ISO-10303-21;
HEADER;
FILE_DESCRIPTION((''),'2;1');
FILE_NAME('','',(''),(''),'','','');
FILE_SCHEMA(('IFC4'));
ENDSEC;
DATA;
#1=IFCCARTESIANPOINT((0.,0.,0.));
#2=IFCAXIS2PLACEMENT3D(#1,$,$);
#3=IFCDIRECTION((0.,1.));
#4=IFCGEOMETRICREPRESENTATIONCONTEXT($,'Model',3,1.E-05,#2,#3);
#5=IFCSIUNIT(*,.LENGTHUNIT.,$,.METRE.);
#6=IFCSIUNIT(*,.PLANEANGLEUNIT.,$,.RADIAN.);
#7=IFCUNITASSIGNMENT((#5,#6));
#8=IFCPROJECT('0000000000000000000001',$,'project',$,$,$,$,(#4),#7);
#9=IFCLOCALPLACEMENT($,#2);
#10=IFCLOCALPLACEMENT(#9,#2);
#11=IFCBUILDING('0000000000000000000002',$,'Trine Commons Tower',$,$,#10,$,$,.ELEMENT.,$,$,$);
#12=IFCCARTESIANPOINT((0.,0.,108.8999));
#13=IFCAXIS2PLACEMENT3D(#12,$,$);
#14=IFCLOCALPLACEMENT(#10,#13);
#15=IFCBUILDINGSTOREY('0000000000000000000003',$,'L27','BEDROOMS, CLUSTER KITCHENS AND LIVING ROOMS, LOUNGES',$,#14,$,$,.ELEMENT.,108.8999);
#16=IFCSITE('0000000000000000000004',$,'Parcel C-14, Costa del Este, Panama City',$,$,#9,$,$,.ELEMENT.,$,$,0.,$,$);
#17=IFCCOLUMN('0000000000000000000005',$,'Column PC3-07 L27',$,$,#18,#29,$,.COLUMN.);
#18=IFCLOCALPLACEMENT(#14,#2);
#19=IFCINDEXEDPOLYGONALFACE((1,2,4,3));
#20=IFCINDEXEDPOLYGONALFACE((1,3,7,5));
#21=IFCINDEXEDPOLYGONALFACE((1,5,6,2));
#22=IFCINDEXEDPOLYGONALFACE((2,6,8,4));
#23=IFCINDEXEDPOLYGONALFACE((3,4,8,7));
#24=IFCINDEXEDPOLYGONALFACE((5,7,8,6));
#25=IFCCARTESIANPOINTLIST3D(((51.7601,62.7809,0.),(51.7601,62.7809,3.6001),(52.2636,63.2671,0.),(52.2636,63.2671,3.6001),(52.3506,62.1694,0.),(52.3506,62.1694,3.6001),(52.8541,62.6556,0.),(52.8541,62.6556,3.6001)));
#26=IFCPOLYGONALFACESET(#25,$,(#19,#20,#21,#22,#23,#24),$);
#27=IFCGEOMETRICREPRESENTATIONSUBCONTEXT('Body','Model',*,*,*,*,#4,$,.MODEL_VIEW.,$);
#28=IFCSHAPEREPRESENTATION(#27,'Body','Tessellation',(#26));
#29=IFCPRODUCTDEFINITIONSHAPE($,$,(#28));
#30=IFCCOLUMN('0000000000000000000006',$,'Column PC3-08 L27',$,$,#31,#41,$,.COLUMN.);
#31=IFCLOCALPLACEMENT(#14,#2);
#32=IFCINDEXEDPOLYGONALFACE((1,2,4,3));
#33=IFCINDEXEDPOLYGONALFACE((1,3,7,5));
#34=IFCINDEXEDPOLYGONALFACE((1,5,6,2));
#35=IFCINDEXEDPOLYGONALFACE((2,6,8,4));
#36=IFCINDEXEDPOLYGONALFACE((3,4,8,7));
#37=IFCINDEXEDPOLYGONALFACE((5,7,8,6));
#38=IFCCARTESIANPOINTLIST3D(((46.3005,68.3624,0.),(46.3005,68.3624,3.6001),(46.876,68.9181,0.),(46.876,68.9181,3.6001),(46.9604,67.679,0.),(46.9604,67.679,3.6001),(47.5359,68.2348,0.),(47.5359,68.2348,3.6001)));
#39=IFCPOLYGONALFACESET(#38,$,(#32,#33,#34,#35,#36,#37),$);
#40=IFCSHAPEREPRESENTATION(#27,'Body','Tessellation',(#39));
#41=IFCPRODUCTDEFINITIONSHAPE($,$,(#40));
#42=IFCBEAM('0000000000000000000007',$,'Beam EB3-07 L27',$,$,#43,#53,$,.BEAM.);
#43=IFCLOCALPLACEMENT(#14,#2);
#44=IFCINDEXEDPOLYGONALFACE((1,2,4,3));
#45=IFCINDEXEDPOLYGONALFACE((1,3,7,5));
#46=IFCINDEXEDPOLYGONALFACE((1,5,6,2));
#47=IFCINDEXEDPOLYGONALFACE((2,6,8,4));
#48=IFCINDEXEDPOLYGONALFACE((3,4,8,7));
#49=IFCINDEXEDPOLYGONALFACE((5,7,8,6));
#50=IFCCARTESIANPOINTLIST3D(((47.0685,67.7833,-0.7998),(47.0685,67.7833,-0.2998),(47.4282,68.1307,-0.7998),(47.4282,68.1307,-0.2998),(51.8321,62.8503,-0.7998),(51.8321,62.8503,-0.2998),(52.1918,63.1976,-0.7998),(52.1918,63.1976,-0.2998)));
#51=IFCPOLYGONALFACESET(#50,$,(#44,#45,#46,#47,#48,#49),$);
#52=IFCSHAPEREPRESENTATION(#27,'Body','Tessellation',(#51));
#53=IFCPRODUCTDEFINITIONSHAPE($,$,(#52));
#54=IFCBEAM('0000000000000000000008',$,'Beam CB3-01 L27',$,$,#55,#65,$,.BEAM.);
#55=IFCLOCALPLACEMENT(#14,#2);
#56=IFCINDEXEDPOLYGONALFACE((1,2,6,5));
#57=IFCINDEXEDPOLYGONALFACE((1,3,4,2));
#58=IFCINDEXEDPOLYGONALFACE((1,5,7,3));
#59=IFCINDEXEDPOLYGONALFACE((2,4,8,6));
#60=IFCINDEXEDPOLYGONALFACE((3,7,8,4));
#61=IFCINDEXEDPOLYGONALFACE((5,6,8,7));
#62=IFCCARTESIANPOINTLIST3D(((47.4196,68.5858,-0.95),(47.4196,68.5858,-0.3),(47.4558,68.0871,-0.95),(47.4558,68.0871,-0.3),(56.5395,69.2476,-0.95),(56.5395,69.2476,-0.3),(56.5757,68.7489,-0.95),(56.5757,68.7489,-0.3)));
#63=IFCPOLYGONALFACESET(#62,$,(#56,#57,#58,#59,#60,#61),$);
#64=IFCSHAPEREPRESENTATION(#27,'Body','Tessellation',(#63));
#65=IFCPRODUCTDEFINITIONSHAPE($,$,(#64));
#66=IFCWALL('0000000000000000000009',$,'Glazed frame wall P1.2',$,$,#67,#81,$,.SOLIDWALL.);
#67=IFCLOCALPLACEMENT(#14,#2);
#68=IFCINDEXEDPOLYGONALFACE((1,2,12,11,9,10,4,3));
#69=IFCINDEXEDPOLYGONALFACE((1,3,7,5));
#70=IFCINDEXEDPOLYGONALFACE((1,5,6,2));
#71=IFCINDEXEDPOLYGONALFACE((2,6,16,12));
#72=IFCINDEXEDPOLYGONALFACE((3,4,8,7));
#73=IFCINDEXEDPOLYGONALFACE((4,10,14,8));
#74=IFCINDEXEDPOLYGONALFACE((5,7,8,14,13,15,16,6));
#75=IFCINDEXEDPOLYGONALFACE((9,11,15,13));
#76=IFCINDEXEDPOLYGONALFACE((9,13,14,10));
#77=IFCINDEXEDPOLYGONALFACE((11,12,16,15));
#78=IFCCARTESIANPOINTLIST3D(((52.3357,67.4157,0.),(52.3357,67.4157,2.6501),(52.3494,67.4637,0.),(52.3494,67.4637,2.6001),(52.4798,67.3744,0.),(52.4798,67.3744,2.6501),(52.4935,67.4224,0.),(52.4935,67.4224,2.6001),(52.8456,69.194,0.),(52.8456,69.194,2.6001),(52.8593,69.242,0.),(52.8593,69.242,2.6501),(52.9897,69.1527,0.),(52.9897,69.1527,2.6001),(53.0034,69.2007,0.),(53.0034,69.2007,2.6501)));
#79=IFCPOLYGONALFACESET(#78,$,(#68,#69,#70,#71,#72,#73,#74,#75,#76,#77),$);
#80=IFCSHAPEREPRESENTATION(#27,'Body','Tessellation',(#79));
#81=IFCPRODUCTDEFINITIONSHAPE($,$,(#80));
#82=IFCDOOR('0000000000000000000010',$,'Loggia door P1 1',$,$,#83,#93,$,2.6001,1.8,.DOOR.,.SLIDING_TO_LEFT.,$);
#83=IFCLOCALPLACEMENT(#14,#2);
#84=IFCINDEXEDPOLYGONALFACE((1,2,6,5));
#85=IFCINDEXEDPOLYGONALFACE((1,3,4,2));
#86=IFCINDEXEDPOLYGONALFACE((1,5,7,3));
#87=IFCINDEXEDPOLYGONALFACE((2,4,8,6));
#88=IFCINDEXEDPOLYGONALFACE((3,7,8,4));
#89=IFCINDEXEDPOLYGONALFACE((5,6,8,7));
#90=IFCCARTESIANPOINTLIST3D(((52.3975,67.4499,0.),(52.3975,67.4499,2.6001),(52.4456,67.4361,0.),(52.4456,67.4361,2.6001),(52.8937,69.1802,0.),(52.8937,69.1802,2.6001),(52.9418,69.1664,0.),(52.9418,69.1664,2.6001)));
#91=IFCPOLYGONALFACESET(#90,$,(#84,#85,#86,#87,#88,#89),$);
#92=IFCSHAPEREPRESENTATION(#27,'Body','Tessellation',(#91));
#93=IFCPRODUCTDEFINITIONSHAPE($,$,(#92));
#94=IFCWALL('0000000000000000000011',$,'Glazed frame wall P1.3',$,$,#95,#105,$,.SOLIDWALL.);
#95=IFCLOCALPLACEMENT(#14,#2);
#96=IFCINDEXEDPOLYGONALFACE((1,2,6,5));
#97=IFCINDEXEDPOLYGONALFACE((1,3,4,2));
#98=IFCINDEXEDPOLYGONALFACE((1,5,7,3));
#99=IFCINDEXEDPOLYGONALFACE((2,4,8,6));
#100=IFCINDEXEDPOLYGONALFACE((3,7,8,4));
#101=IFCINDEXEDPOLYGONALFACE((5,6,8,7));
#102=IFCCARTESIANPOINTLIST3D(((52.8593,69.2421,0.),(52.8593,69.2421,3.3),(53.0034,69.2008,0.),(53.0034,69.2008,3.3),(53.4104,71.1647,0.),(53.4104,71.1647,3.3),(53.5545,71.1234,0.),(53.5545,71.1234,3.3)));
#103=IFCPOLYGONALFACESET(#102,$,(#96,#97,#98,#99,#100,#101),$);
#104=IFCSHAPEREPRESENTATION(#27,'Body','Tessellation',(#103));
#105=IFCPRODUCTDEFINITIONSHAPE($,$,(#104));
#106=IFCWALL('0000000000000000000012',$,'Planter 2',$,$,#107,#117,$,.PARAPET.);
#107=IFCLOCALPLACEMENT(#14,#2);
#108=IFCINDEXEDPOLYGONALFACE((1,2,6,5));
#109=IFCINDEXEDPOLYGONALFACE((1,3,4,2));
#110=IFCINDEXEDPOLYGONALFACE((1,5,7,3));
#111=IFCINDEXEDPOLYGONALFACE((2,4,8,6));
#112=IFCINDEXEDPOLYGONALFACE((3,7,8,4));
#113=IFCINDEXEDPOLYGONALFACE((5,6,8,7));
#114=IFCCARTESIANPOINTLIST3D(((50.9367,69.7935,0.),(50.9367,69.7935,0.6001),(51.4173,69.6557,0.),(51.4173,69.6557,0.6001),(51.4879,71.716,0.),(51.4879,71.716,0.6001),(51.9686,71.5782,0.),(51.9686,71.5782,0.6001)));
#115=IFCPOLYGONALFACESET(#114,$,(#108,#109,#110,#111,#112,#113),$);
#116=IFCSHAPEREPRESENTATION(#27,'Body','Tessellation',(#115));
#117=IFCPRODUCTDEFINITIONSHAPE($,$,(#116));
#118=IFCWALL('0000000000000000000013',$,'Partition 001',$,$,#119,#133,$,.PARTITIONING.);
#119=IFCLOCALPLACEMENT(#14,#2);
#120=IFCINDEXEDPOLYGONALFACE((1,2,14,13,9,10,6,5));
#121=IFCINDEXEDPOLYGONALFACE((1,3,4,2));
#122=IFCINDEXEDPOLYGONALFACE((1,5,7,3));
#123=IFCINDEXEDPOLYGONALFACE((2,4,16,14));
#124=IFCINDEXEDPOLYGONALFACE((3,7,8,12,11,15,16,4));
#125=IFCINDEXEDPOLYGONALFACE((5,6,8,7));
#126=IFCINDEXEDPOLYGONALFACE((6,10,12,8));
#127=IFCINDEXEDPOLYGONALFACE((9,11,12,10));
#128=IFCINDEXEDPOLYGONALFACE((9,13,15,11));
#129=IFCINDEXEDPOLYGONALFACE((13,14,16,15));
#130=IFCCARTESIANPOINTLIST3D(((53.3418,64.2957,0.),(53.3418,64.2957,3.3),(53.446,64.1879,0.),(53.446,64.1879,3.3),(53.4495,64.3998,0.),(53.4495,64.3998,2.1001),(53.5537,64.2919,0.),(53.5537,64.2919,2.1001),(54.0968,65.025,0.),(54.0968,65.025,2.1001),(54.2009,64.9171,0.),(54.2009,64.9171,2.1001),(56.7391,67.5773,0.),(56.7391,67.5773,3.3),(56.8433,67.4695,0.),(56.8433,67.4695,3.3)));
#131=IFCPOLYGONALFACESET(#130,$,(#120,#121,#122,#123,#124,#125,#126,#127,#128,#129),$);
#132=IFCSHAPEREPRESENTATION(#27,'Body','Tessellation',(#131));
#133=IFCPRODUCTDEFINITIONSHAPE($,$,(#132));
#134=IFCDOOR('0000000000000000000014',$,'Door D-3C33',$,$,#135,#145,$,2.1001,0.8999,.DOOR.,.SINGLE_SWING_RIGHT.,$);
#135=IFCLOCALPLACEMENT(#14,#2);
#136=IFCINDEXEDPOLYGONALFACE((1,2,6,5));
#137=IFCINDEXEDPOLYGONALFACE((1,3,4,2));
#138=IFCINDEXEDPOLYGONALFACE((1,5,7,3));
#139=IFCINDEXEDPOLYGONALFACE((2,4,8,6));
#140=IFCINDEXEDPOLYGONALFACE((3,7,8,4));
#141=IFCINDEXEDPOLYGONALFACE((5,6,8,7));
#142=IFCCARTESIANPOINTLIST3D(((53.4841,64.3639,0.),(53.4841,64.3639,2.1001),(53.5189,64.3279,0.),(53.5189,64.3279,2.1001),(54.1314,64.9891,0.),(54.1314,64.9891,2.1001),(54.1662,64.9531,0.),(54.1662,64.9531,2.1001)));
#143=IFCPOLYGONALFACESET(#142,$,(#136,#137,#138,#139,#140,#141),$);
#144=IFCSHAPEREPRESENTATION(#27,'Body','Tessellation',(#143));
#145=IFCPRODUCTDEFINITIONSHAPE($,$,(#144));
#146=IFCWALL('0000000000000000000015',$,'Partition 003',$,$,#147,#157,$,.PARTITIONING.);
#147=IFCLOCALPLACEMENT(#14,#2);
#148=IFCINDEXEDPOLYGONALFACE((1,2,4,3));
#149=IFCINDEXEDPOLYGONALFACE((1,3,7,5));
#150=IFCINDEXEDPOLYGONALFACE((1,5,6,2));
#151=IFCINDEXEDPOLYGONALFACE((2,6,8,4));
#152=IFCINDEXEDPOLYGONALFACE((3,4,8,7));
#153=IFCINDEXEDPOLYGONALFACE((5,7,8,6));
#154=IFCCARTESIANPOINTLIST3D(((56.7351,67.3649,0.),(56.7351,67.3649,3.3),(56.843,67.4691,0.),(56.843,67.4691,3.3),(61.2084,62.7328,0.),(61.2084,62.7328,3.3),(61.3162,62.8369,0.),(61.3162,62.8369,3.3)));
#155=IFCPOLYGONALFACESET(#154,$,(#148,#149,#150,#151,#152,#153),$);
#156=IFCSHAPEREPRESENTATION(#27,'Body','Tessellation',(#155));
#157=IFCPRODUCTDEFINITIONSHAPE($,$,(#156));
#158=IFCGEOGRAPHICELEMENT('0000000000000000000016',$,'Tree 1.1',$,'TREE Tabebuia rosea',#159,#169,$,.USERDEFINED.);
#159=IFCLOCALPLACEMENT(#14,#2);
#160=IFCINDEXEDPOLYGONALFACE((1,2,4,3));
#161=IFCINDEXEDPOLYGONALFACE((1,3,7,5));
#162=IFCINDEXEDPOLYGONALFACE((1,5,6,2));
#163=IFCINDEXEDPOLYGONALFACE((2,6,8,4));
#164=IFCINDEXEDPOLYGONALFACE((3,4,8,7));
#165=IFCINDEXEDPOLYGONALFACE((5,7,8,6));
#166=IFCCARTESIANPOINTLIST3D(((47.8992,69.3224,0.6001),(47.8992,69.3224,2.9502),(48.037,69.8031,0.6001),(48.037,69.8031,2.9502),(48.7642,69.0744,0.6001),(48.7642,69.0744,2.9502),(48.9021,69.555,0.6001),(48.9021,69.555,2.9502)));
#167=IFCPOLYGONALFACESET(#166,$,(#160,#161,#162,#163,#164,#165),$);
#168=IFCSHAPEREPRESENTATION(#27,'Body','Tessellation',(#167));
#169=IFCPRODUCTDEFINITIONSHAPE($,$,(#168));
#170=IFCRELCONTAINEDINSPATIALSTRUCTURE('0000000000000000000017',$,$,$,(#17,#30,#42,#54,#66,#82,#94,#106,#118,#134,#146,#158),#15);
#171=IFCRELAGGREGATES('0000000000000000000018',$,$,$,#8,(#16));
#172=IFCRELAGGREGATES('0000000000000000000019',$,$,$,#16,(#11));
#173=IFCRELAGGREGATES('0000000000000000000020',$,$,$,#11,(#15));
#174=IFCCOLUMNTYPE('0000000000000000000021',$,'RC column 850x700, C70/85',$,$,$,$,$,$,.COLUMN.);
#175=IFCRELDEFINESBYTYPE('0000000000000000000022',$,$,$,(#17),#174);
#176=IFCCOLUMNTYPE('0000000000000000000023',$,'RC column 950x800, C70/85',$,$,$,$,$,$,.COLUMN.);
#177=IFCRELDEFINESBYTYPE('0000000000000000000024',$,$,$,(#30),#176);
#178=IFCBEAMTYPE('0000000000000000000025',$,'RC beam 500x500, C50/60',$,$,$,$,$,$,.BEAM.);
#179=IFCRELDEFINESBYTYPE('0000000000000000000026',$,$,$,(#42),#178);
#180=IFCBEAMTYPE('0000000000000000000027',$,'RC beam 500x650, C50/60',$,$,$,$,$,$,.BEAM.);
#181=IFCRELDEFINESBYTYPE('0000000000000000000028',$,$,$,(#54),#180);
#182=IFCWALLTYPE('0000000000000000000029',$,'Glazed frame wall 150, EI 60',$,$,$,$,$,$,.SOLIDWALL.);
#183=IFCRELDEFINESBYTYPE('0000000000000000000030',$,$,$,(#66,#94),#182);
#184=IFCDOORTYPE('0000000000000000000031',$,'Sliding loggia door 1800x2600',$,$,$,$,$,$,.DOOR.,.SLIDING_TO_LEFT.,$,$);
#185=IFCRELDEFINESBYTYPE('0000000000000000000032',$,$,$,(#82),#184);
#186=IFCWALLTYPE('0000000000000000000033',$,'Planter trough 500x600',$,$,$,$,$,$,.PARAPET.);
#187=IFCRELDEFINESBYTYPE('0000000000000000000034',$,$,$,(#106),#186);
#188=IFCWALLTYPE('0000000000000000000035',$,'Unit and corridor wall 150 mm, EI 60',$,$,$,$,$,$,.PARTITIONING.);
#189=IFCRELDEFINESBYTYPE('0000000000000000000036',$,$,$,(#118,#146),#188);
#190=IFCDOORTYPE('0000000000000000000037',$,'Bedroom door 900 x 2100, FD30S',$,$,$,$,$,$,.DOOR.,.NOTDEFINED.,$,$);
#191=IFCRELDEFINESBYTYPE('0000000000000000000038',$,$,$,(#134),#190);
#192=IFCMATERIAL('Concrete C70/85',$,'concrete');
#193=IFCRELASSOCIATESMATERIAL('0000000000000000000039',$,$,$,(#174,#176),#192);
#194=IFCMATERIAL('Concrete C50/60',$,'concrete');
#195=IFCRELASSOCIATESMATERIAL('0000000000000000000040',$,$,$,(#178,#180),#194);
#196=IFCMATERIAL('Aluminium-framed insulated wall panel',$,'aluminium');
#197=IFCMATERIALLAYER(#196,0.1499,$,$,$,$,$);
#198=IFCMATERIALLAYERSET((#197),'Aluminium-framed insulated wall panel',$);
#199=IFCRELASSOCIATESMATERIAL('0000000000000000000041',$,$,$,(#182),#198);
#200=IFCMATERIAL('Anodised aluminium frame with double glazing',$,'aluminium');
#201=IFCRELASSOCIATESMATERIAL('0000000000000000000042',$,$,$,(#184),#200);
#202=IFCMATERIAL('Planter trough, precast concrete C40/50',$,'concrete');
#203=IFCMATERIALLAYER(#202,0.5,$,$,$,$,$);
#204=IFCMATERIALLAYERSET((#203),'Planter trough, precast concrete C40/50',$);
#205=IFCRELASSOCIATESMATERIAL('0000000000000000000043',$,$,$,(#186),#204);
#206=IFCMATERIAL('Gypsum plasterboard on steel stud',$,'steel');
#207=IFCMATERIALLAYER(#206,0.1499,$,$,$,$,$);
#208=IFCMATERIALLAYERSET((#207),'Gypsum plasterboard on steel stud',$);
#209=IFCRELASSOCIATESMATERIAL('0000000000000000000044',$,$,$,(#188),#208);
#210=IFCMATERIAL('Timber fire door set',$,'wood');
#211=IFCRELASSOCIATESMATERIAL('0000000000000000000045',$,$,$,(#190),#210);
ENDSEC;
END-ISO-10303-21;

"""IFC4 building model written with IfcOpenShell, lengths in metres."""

from ifc_helpers import new_model, si_unit, direction, frame, frame_2d, origin, origin_2d, place, context, subcontext, project, spatial, polyline, rectangle, outline, extrude, material, layer, layer_set, material_profile, profile_set, type_object, element, fill, save


model = new_model("IFC4")

# Units and contexts
model_context = context("Model", 3, precision=1e-05, world=origin(), true_north=direction((0.0, 1.0)))
body_context = subcontext(model_context, "Body", "Model", "MODEL_VIEW")
ifc_project = project(units=[si_unit("LENGTHUNIT", "METRE"), si_unit("PLANEANGLEUNIT", "RADIAN")], contexts=[model_context])

# Site, building, storey
site_placement = place(None, origin())
site = spatial("IfcSite", under=ifc_project, at=site_placement, Name="Parcel C-14, Costa del Este, Panama City", CompositionType="ELEMENT", RefElevation=0.0)
building_placement = place(site_placement, origin())
building = spatial("IfcBuilding", under=site, at=building_placement, Name="Trine Commons Tower", CompositionType="ELEMENT")
storey_placement = place(building_placement, frame((0.0, 0.0, 108.8999)))
storey = spatial("IfcBuildingStorey", under=building, at=storey_placement, Name="L27", Description="BEDROOMS, CLUSTER KITCHENS AND LIVING ROOMS, LOUNGES", CompositionType="ELEMENT", Elevation=108.8999)

# Columns
ifc_material_1 = material(Name="Concrete C70/85", Category="concrete")
ifc_material_profile_1 = material_profile(ifc_material_1, rectangle(XDim=0.8501, YDim=0.7, at=origin_2d()), Name="RC 850x700")
ifc_profile_set_1 = profile_set([ifc_material_profile_1], Name="Concrete C70/85")
column_type_1 = type_object("IfcColumnType", Name="RC column 850x700, C70/85", PredefinedType="COLUMN", material=ifc_profile_set_1)
column_1_placement = place(storey_placement, frame((52.3071, 62.7183, 0.0), z_axis=(0.0, 0.0, 1.0), x_axis=(-0.694658, 0.71934, 0.0)))
element("IfcColumn", 1, at=column_1_placement, inside=storey, type_object=column_type_1, Name="Column PC3-07 L27", PredefinedType="COLUMN", context=body_context, shape_type="SweptSolid", body=[
    extrude(rectangle(XDim=0.8501, YDim=0.7, at=origin_2d()), origin(), (0.0, 0.0, 1.0), 3.6001),
])
ifc_material_profile_2 = material_profile(ifc_material_1, rectangle(XDim=0.95, YDim=0.8, at=origin_2d()), Name="RC 950x800")
ifc_profile_set_2 = profile_set([ifc_material_profile_2], Name="Concrete C70/85")
column_type_2 = type_object("IfcColumnType", Name="RC column 950x800, C70/85", PredefinedType="COLUMN", material=ifc_profile_set_2)
column_2_placement = place(storey_placement, frame((46.9182, 68.2986, 0.0), z_axis=(0.0, 0.0, 1.0), x_axis=(-0.694658, 0.71934, 0.0)))
element("IfcColumn", 2, at=column_2_placement, inside=storey, type_object=column_type_2, Name="Column PC3-08 L27", PredefinedType="COLUMN", context=body_context, shape_type="SweptSolid", body=[
    extrude(rectangle(XDim=0.95, YDim=0.8, at=origin_2d()), origin(), (0.0, 0.0, 1.0), 3.6001),
])

# Beams
ifc_material_2 = material(Name="Concrete C50/60", Category="concrete")
ifc_material_profile_3 = material_profile(ifc_material_2, rectangle(XDim=0.5, YDim=0.5, at=origin_2d()), Name="RC 500x500")
ifc_profile_set_3 = profile_set([ifc_material_profile_3], Name="Concrete C50/60")
beam_type_1 = type_object("IfcBeamType", Name="RC beam 500x500, C50/60", PredefinedType="BEAM", material=ifc_profile_set_3)
beam_1_placement = place(storey_placement, frame((52.012, 63.0239, -0.5498), z_axis=(-0.694645, 0.719352, 0.0), x_axis=(-0.719352, -0.694645, 0.0)))
element("IfcBeam", 3, at=beam_1_placement, inside=storey, type_object=beam_type_1, Name="Beam EB3-07 L27", PredefinedType="BEAM", context=body_context, shape_type="SweptSolid", body=[
    extrude(rectangle(XDim=0.5, YDim=0.5, at=origin_2d()), origin(), (0.0, 0.0, 1.0), 6.8577),
])
ifc_material_profile_4 = material_profile(ifc_material_2, rectangle(XDim=0.5, YDim=0.6499, at=origin_2d()), Name="RC 500x650")
ifc_profile_set_4 = profile_set([ifc_material_profile_4], Name="Concrete C50/60")
beam_type_2 = type_object("IfcBeamType", Name="RC beam 500x650, C50/60", PredefinedType="BEAM", material=ifc_profile_set_4)
beam_2_placement = place(storey_placement, frame((47.4377, 68.3364, -0.625), z_axis=(0.997377, 0.072384, 0.0), x_axis=(-0.072384, 0.997377, 0.0)))
element("IfcBeam", 4, at=beam_2_placement, inside=storey, type_object=beam_type_2, Name="Beam CB3-01 L27", PredefinedType="BEAM", context=body_context, shape_type="SweptSolid", body=[
    extrude(rectangle(XDim=0.5, YDim=0.6499, at=origin_2d()), origin(), (0.0, 0.0, 1.0), 9.1438),
])

# Shared definitions
ifc_material_3 = material(Name="Aluminium-framed insulated wall panel", Category="aluminium")
ifc_layer_1 = layer(ifc_material_3, 0.1499)
ifc_layer_set_1 = layer_set([ifc_layer_1], Name="Aluminium-framed insulated wall panel")
wall_type_1 = type_object("IfcWallType", Name="Glazed frame wall 150, EI 60", PredefinedType="SOLIDWALL", material=ifc_layer_set_1)

# Wall, opening, door
wall_1_placement = place(storey_placement, frame((52.4077, 67.395, 0.0), z_axis=(0.0, 0.0, 1.0), x_axis=(0.27562, 0.961267, 0.0)))
wall_1 = element("IfcWall", 5, at=wall_1_placement, inside=storey, type_object=wall_type_1, Name="Glazed frame wall P1.2", PredefinedType="SOLIDWALL", context=body_context, shape_type="SweptSolid", body=[
    extrude(outline(polyline([(0.0, -0.075), (1.8999, -0.075), (1.8999, 0.075), (0.0, 0.075), (0.0, -0.075)])), origin(), (0.0, 0.0, 1.0), 2.6501),
])
opening_1_placement = place(wall_1_placement, frame((0.05, 0.0, 0.0)))
opening_1 = element("IfcOpeningElement", 6, at=opening_1_placement, cuts=wall_1, PredefinedType="OPENING", context=body_context, shape_type="SweptSolid", body=[
    extrude(rectangle(XDim=1.8, YDim=2.6001, at=frame_2d((0.8999, 1.3))), frame((0.0, 0.085, 0.0), z_axis=(0.0, -1.0, 0.0), x_axis=(1.0, 0.0, 0.0)), (0.0, 0.0, 1.0), 0.1699),
])
ifc_material_4 = material(Name="Anodised aluminium frame with double glazing", Category="aluminium")
door_type_1 = type_object("IfcDoorType", Name="Sliding loggia door 1800x2600", OperationType="SLIDING_TO_LEFT", PredefinedType="DOOR", material=ifc_material_4)
door_1_placement = place(opening_1_placement, origin())
door_1 = element("IfcDoor", 7, at=door_1_placement, inside=storey, type_object=door_type_1, Name="Loggia door P1 1", OperationType="SLIDING_TO_LEFT", OverallHeight=2.6001, OverallWidth=1.8, PredefinedType="DOOR", context=body_context, shape_type="SweptSolid", body=[
    extrude(rectangle(XDim=1.8, YDim=2.6001, at=frame_2d((0.8999, 1.3))), frame((0.0, 0.0249, 0.0), z_axis=(0.0, -1.0, 0.0), x_axis=(1.0, 0.0, 0.0)), (0.0, 0.0, 1.0), 0.05),
])
fill(opening_1, door_1)

# Walls
wall_2_placement = place(storey_placement, frame((52.9314, 69.2214, 0.0), z_axis=(0.0, 0.0, 1.0), x_axis=(0.275511, 0.961298, 0.0)))
element("IfcWall", 8, at=wall_2_placement, inside=storey, type_object=wall_type_1, Name="Glazed frame wall P1.3", PredefinedType="SOLIDWALL", context=body_context, shape_type="SweptSolid", body=[
    extrude(outline(polyline([(0.0, -0.075), (2.0, -0.075), (2.0, 0.075), (0.0, 0.075), (0.0, -0.075)])), origin(), (0.0, 0.0, 1.0), 3.3),
])
ifc_material_5 = material(Name="Planter trough, precast concrete C40/50", Category="concrete")
ifc_layer_2 = layer(ifc_material_5, 0.5)
ifc_layer_set_2 = layer_set([ifc_layer_2], Name="Planter trough, precast concrete C40/50")
wall_type_2 = type_object("IfcWallType", Name="Planter trough 500x600", PredefinedType="PARAPET", material=ifc_layer_set_2)
wall_3_placement = place(storey_placement, frame((51.177, 69.7246, 0.0), z_axis=(0.0, 0.0, 1.0), x_axis=(0.275624, 0.961266, 0.0)))
element("IfcWall", 9, at=wall_3_placement, inside=storey, type_object=wall_type_2, Name="Planter 2", PredefinedType="PARAPET", context=body_context, shape_type="SweptSolid", body=[
    extrude(rectangle(XDim=2.0, YDim=0.5, at=frame_2d((1.0, 0.0))), origin(), (0.0, 0.0, 1.0), 0.6001),
])

# Wall, opening, door
ifc_material_6 = material(Name="Gypsum plasterboard on steel stud", Category="steel")
ifc_layer_3 = layer(ifc_material_6, 0.1499)
ifc_layer_set_3 = layer_set([ifc_layer_3], Name="Gypsum plasterboard on steel stud")
wall_type_3 = type_object("IfcWallType", Name="Unit and corridor wall 150 mm, EI 60", PredefinedType="PARTITIONING", material=ifc_layer_set_3)
wall_4_placement = place(storey_placement, frame((53.3938, 64.2417, 0.0), z_axis=(0.0, 0.0, 1.0), x_axis=(0.719251, 0.69475, 0.0)))
wall_4 = element("IfcWall", 10, at=wall_4_placement, inside=storey, type_object=wall_type_3, Name="Partition 001", PredefinedType="PARTITIONING", context=body_context, shape_type="SweptSolid", body=[
    extrude(rectangle(XDim=4.7234, YDim=0.1499, at=frame_2d((2.3618, 0.0))), origin(), (0.0, 0.0, 1.0), 3.3),
])
opening_2_placement = place(wall_4_placement, frame((0.1499, 0.0, 0.0)))
opening_2 = element("IfcOpeningElement", 11, at=opening_2_placement, cuts=wall_4, PredefinedType="OPENING", context=body_context, shape_type="SweptSolid", body=[
    extrude(rectangle(XDim=0.8999, YDim=2.1001, at=frame_2d((0.45, 1.05))), frame((0.0, 0.085, 0.0), z_axis=(0.0, -1.0, 0.0), x_axis=(1.0, 0.0, 0.0)), (0.0, 0.0, 1.0), 0.1699),
])
ifc_material_7 = material(Name="Timber fire door set", Category="wood")
door_type_2 = type_object("IfcDoorType", Name="Bedroom door 900 x 2100, FD30S", OperationType="NOTDEFINED", PredefinedType="DOOR", material=ifc_material_7)
door_2_placement = place(opening_2_placement, frame((0.8999, 0.0, 0.0), z_axis=(0.0, 0.0, 1.0), x_axis=(-1.0, 0.0, 0.0)))
door_2 = element("IfcDoor", 12, at=door_2_placement, inside=storey, type_object=door_type_2, Name="Door D-3C33", OperationType="SINGLE_SWING_RIGHT", OverallHeight=2.1001, OverallWidth=0.8999, PredefinedType="DOOR", context=body_context, shape_type="SweptSolid", body=[
    extrude(rectangle(XDim=0.8999, YDim=2.1001, at=frame_2d((0.45, 1.05))), frame((0.0, 0.0249, 0.0), z_axis=(0.0, -1.0, 0.0), x_axis=(1.0, 0.0, 0.0)), (0.0, 0.0, 1.0), 0.05),
])
fill(opening_2, door_2)

# Wall
wall_5_placement = place(storey_placement, frame((56.7891, 67.417, 0.0), z_axis=(0.0, 0.0, 1.0), x_axis=(0.694658, -0.71934, 0.0)))
element("IfcWall", 13, at=wall_5_placement, inside=storey, type_object=wall_type_3, Name="Partition 003", PredefinedType="PARTITIONING", context=body_context, shape_type="SweptSolid", body=[
    extrude(rectangle(XDim=6.4395, YDim=0.1499, at=frame_2d((3.2197, 0.0))), origin(), (0.0, 0.0, 1.0), 3.3),
])

# Geographic element
geographic_element_placement = place(storey_placement, frame((48.4006, 69.4387, 0.6001), z_axis=(0.0, 0.0, 1.0), x_axis=(0.961261, -0.275641, 0.0)))
element("IfcGeographicElement", 14, at=geographic_element_placement, inside=storey, Name="Tree 1.1", ObjectType="TREE Tabebuia rosea", PredefinedType="USERDEFINED", context=body_context, shape_type="SweptSolid", body=[
    extrude(rectangle(XDim=0.8999, YDim=0.5, at=origin_2d()), origin(), (0.0, 0.0, 1.0), 2.3501),
])

save(model, "model.ifc")
